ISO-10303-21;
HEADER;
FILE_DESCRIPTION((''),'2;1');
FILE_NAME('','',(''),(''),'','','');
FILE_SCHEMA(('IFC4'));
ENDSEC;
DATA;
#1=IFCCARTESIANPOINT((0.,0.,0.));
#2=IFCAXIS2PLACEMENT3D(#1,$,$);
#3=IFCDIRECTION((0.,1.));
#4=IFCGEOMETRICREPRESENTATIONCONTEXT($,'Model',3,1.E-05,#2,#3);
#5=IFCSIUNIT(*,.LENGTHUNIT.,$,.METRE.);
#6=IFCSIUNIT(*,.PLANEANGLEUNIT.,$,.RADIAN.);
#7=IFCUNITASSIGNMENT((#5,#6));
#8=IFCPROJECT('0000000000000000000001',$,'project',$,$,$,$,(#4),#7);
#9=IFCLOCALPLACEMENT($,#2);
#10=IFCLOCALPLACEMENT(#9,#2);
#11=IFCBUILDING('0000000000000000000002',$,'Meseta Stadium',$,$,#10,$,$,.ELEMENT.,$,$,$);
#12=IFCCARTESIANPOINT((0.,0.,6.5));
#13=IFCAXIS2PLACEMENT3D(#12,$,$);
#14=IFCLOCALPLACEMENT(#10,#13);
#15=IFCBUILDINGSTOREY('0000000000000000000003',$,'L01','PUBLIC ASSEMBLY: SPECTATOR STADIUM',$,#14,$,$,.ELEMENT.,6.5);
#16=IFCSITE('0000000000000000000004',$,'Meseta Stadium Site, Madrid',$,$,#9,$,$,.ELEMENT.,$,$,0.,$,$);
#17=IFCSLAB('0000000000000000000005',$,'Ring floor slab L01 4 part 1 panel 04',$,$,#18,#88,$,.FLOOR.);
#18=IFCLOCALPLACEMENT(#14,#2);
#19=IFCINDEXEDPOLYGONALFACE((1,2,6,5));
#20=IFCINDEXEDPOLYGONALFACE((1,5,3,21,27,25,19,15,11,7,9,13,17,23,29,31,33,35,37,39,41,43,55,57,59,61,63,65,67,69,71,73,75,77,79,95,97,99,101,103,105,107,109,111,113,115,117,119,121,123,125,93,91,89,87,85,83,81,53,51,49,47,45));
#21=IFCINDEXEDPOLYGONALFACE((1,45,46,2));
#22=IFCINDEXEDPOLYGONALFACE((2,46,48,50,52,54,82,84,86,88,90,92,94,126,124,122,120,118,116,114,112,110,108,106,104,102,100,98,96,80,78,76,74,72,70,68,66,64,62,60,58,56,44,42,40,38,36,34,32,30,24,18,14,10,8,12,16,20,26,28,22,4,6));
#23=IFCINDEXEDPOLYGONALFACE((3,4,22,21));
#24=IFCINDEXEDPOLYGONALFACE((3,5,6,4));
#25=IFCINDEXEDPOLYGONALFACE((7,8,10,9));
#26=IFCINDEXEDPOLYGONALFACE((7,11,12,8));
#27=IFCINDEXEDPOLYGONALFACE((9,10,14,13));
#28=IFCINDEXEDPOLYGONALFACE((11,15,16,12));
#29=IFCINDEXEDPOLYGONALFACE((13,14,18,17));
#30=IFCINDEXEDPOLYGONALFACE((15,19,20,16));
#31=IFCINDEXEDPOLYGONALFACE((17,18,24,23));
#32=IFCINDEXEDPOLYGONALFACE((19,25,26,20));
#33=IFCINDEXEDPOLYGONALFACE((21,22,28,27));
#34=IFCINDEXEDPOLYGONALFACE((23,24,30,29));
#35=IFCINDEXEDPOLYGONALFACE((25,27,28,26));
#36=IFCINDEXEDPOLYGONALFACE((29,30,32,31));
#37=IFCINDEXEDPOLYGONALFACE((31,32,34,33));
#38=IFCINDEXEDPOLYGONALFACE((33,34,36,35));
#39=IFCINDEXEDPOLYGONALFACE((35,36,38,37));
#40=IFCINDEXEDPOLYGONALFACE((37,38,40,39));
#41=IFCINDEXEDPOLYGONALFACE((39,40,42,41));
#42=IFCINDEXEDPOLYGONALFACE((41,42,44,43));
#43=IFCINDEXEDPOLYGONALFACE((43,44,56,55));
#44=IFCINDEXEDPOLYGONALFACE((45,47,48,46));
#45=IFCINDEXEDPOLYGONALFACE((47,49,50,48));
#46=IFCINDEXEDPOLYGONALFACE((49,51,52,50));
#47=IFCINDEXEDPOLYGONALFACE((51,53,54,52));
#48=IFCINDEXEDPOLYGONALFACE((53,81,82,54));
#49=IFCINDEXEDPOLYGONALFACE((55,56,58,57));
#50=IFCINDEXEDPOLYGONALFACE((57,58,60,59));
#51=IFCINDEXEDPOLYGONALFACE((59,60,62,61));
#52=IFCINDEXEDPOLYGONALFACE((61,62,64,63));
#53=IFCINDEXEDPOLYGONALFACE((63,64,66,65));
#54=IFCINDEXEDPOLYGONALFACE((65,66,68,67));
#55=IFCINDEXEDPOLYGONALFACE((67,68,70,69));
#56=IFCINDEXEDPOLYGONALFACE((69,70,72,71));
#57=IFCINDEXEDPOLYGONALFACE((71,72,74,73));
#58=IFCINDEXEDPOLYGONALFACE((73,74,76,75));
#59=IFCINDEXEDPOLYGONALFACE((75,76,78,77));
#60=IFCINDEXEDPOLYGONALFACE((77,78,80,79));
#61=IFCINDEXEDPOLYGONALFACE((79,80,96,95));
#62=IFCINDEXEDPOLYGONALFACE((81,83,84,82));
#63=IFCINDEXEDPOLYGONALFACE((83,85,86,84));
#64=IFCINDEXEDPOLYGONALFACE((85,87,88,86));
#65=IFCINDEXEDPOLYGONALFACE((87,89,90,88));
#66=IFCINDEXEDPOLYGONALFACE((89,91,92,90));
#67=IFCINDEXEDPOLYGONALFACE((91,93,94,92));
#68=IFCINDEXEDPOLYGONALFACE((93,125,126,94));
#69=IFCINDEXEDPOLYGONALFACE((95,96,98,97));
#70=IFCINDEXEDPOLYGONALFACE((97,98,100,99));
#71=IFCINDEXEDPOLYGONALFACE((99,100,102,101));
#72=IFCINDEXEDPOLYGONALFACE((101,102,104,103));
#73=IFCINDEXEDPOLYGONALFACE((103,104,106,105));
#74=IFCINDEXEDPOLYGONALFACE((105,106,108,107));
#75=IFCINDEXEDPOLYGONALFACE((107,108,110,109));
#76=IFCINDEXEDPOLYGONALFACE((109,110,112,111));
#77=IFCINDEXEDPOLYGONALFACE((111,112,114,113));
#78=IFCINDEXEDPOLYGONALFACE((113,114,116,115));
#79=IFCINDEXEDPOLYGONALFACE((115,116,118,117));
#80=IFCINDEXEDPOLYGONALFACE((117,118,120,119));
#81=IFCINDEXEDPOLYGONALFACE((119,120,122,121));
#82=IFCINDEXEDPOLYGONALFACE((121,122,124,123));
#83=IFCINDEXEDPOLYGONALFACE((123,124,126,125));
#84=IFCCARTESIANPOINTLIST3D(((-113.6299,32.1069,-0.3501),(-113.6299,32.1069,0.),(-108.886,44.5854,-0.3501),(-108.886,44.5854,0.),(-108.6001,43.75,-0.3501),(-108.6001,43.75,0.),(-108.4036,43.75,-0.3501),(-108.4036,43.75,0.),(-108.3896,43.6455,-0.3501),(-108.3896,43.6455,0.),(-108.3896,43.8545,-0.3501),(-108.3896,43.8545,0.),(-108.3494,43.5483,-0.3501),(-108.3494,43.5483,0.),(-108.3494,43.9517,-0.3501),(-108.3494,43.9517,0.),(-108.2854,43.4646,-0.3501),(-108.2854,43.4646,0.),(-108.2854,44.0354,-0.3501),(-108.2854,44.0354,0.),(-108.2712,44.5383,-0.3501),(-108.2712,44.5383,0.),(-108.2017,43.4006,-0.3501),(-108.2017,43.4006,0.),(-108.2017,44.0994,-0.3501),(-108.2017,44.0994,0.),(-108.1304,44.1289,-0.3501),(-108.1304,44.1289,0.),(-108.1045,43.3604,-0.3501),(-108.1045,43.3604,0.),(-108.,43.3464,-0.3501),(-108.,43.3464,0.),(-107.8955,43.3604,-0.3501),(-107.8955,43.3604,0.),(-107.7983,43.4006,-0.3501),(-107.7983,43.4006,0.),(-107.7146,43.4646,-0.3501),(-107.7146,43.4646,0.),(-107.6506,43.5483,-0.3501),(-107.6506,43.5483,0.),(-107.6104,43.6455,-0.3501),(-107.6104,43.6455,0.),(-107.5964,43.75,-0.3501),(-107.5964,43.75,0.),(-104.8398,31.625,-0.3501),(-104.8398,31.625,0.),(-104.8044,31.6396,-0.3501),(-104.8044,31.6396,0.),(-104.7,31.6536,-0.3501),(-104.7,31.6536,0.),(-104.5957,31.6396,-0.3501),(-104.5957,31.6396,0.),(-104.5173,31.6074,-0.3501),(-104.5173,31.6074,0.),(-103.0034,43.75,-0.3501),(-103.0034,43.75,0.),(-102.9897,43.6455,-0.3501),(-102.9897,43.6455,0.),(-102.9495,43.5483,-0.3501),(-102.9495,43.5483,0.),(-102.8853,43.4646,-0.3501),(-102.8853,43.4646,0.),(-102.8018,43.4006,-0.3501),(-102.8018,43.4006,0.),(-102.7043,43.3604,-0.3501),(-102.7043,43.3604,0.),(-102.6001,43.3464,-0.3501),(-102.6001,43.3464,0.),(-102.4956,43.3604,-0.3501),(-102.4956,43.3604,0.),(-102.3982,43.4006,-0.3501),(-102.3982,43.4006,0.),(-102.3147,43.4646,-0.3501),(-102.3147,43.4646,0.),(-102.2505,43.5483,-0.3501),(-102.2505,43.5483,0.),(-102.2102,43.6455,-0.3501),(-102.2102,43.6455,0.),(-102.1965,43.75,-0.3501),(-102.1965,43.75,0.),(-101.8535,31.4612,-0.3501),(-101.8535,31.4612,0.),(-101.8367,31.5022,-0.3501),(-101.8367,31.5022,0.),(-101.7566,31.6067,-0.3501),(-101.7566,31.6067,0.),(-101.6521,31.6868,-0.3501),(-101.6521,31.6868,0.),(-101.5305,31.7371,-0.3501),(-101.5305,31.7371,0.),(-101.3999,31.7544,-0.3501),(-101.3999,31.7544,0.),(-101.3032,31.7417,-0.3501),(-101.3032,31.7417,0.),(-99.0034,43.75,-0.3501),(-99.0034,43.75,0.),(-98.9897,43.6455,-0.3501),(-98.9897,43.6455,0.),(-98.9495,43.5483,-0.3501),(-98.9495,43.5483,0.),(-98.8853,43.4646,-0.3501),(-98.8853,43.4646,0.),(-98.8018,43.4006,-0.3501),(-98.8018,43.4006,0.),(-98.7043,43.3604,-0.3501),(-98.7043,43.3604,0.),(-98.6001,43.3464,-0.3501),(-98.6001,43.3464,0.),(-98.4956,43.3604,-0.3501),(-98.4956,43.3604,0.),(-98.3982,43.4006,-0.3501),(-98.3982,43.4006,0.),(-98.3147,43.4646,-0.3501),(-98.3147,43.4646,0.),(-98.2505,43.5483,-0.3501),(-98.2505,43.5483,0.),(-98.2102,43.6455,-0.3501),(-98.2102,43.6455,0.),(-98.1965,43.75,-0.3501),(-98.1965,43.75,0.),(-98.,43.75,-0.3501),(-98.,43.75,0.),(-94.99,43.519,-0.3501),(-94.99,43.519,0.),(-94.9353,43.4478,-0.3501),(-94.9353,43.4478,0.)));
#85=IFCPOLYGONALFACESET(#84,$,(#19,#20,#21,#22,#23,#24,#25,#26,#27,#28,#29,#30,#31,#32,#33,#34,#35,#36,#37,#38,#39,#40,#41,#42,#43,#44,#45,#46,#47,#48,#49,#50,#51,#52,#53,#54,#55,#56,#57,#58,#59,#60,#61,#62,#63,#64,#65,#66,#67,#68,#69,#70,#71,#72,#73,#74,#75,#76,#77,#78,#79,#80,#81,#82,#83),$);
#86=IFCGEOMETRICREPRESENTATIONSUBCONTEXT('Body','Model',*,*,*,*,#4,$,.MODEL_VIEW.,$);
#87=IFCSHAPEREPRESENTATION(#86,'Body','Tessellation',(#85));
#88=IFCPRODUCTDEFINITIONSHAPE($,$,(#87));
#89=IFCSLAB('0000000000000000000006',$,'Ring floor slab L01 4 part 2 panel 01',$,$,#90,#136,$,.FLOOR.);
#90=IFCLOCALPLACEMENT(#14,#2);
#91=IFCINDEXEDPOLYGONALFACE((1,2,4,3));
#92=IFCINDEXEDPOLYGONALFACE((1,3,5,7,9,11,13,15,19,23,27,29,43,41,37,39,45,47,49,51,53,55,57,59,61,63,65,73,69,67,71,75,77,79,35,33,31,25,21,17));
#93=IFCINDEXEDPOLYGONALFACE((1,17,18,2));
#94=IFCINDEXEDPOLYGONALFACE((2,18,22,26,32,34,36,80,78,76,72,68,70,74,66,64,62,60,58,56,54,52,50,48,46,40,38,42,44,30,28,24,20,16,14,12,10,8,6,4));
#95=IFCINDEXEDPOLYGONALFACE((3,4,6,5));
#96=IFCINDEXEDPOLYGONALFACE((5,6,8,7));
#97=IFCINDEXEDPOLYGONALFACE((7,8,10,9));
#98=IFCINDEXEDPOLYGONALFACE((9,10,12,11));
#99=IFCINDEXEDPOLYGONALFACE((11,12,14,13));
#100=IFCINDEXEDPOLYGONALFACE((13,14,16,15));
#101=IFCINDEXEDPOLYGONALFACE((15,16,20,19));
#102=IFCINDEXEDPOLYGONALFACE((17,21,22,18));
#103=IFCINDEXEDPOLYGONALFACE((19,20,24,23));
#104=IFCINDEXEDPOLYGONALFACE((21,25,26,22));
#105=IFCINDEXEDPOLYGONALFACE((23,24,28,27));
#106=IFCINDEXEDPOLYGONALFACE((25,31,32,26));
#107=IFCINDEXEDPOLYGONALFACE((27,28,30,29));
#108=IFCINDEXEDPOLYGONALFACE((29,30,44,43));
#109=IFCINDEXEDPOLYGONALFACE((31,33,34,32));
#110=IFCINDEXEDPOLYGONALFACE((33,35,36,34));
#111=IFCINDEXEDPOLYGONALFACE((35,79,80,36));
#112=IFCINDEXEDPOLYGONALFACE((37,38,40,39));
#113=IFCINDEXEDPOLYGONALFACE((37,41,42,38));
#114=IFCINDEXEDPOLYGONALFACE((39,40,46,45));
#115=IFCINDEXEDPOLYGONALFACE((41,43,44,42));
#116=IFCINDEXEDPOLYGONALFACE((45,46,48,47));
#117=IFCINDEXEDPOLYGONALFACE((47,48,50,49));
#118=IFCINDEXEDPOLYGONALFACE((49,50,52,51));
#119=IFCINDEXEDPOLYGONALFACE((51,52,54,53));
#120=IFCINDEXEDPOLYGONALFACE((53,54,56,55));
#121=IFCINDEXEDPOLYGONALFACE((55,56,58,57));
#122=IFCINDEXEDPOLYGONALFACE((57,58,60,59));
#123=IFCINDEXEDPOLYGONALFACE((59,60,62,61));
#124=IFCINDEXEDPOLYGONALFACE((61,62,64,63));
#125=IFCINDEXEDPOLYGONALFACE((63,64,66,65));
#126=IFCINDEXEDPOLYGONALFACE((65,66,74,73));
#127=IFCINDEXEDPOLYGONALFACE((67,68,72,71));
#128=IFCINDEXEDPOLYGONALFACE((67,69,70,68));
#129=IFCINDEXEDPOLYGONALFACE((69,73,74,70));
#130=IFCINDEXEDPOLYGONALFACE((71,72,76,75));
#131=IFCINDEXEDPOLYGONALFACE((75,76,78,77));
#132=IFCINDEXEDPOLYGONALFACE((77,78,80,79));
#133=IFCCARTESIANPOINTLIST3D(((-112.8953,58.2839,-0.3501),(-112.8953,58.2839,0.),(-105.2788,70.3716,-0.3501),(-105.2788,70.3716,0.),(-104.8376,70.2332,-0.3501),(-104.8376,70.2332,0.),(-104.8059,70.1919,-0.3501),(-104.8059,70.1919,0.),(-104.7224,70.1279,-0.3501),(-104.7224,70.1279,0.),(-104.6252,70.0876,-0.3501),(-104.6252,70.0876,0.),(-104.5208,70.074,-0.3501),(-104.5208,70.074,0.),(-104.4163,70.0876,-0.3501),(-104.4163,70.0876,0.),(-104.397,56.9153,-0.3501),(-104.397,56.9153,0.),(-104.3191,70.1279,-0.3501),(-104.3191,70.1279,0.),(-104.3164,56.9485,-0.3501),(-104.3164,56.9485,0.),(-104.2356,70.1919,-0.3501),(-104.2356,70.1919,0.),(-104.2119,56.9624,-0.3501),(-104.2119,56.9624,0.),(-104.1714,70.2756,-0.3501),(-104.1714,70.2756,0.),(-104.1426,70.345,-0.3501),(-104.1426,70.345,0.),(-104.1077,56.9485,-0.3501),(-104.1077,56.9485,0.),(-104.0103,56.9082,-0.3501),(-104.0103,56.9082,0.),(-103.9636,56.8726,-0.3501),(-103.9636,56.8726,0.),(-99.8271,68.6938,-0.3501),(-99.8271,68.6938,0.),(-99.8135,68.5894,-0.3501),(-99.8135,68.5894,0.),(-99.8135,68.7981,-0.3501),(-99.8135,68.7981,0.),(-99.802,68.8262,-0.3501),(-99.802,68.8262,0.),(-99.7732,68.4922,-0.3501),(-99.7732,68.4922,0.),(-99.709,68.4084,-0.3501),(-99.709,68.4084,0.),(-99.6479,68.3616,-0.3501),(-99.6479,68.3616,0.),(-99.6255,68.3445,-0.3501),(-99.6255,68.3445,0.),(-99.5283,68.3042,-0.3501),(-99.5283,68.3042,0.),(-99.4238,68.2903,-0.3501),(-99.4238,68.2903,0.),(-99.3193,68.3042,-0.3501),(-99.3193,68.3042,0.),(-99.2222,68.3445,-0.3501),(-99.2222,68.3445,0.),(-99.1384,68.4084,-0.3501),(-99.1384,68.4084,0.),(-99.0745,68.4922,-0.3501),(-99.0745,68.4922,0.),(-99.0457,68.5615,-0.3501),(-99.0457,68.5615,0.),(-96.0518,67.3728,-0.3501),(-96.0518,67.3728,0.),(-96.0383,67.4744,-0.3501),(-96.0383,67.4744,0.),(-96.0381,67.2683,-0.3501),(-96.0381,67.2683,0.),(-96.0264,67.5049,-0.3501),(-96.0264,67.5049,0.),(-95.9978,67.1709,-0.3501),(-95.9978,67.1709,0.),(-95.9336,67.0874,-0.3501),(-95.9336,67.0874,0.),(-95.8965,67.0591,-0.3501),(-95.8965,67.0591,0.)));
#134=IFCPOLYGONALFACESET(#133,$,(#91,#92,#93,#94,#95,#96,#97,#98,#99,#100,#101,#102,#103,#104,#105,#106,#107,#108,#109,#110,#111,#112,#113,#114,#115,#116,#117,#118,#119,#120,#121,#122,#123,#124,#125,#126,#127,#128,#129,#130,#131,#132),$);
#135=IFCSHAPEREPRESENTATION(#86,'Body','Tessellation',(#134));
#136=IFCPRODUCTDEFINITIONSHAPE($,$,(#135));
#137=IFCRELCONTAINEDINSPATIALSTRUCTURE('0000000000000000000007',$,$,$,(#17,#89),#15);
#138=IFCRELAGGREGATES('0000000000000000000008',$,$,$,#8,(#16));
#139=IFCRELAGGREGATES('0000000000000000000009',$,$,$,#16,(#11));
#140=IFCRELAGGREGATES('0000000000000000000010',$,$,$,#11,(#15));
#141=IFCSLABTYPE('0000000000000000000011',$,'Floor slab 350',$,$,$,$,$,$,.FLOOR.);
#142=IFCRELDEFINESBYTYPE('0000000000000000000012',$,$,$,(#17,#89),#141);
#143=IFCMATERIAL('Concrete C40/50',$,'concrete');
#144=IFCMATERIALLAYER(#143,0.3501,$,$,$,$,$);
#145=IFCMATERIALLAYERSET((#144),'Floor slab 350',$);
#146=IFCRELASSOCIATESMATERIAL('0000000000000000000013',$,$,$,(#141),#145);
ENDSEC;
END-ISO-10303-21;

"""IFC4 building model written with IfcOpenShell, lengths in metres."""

from ifc_helpers import new_model, si_unit, direction, frame, origin, place, context, subcontext, project, spatial, polyline, outline, extrude, material, layer, layer_set, type_object, element, save


model = new_model("IFC4")

# Units and contexts
model_context = context("Model", 3, precision=1e-05, world=origin(), true_north=direction((0.0, 1.0)))
body_context = subcontext(model_context, "Body", "Model", "MODEL_VIEW")
ifc_project = project(units=[si_unit("LENGTHUNIT", "METRE"), si_unit("PLANEANGLEUNIT", "RADIAN")], contexts=[model_context])

# Site, building, storey
site_placement = place(None, origin())
site = spatial("IfcSite", under=ifc_project, at=site_placement, Name="Meseta Stadium Site, Madrid", CompositionType="ELEMENT", RefElevation=0.0)
building_placement = place(site_placement, origin())
building = spatial("IfcBuilding", under=site, at=building_placement, Name="Meseta Stadium", CompositionType="ELEMENT")
storey_placement = place(building_placement, frame((0.0, 0.0, 6.5)))
storey = spatial("IfcBuildingStorey", under=building, at=storey_placement, Name="L01", Description="PUBLIC ASSEMBLY: SPECTATOR STADIUM", CompositionType="ELEMENT", Elevation=6.5)

# Slabs
ifc_material_1 = material(Name="Concrete C40/50", Category="concrete")
ifc_layer_1 = layer(ifc_material_1, 0.3501)
ifc_layer_set_1 = layer_set([ifc_layer_1], Name="Floor slab 350")
slab_type_1 = type_object("IfcSlabType", Name="Floor slab 350", PredefinedType="FLOOR", material=ifc_layer_set_1)
slab_1_placement = place(storey_placement, frame((0.0, 0.0, -0.3501)))
element("IfcSlab", 1, at=slab_1_placement, inside=storey, type_object=slab_type_1, Name="Ring floor slab L01 4 part 1 panel 04", PredefinedType="FLOOR", context=body_context, shape_type="SweptSolid", body=[
    extrude(outline(polyline([(-108.3896, 43.8545), (-108.3494, 43.9517), (-108.2854, 44.0354), (-108.2017, 44.0994), (-108.1304, 44.1289), (-108.2712, 44.5383), (-108.886, 44.5854), (-108.6001, 43.75), (-113.6299, 32.1069), (-104.8398, 31.625), (-104.8044, 31.6396), (-104.7, 31.6536), (-104.5957, 31.6396), (-104.5173, 31.6074), (-101.8535, 31.4612), (-101.8367, 31.5022), (-101.7566, 31.6067), (-101.6521, 31.6868), (-101.5305, 31.7371), (-101.3999, 31.7544), (-101.3032, 31.7417), (-94.9353, 43.4478), (-94.99, 43.519), (-98.0, 43.75), (-98.1965, 43.75), (-98.2102, 43.6455), (-98.2505, 43.5483), (-98.3147, 43.4646), (-98.3982, 43.4006), (-98.4956, 43.3604), (-98.6001, 43.3464), (-98.7043, 43.3604), (-98.8018, 43.4006), (-98.8853, 43.4646), (-98.9495, 43.5483), (-98.9897, 43.6455), (-99.0034, 43.75), (-102.1965, 43.75), (-102.2102, 43.6455), (-102.2505, 43.5483), (-102.3147, 43.4646), (-102.3982, 43.4006), (-102.4956, 43.3604), (-102.6001, 43.3464), (-102.7043, 43.3604), (-102.8018, 43.4006), (-102.8853, 43.4646), (-102.9495, 43.5483), (-102.9897, 43.6455), (-103.0034, 43.75), (-107.5964, 43.75), (-107.6104, 43.6455), (-107.6506, 43.5483), (-107.7146, 43.4646), (-107.7983, 43.4006), (-107.8955, 43.3604), (-108.0, 43.3464), (-108.1045, 43.3604), (-108.2017, 43.4006), (-108.2854, 43.4646), (-108.3494, 43.5483), (-108.3896, 43.6455), (-108.4036, 43.75), (-108.3896, 43.8545)])), origin(), (0.0, 0.0, 1.0), 0.3501),
])
slab_2_placement = place(storey_placement, frame((0.0, 0.0, -0.3501)))
element("IfcSlab", 2, at=slab_2_placement, inside=storey, type_object=slab_type_1, Name="Ring floor slab L01 4 part 2 panel 01", PredefinedType="FLOOR", context=body_context, shape_type="SweptSolid", body=[
    extrude(outline(polyline([(-104.2356, 70.1919), (-104.3191, 70.1279), (-104.4163, 70.0876), (-104.5208, 70.074), (-104.6252, 70.0876), (-104.7224, 70.1279), (-104.8059, 70.1919), (-104.8376, 70.2332), (-105.2788, 70.3716), (-112.8953, 58.2839), (-104.397, 56.9153), (-104.3164, 56.9485), (-104.2119, 56.9624), (-104.1077, 56.9485), (-104.0103, 56.9082), (-103.9636, 56.8726), (-95.8965, 67.0591), (-95.9336, 67.0874), (-95.9978, 67.1709), (-96.0381, 67.2683), (-96.0518, 67.3728), (-96.0383, 67.4744), (-96.0264, 67.5049), (-99.0457, 68.5615), (-99.0745, 68.4922), (-99.1384, 68.4084), (-99.2222, 68.3445), (-99.3193, 68.3042), (-99.4238, 68.2903), (-99.5283, 68.3042), (-99.6255, 68.3445), (-99.6479, 68.3616), (-99.709, 68.4084), (-99.7732, 68.4922), (-99.8135, 68.5894), (-99.8271, 68.6938), (-99.8135, 68.7981), (-99.802, 68.8262), (-104.1426, 70.345), (-104.1714, 70.2756), (-104.2356, 70.1919)])), origin(), (0.0, 0.0, 1.0), 0.3501),
])

save(model, "model.ifc")
